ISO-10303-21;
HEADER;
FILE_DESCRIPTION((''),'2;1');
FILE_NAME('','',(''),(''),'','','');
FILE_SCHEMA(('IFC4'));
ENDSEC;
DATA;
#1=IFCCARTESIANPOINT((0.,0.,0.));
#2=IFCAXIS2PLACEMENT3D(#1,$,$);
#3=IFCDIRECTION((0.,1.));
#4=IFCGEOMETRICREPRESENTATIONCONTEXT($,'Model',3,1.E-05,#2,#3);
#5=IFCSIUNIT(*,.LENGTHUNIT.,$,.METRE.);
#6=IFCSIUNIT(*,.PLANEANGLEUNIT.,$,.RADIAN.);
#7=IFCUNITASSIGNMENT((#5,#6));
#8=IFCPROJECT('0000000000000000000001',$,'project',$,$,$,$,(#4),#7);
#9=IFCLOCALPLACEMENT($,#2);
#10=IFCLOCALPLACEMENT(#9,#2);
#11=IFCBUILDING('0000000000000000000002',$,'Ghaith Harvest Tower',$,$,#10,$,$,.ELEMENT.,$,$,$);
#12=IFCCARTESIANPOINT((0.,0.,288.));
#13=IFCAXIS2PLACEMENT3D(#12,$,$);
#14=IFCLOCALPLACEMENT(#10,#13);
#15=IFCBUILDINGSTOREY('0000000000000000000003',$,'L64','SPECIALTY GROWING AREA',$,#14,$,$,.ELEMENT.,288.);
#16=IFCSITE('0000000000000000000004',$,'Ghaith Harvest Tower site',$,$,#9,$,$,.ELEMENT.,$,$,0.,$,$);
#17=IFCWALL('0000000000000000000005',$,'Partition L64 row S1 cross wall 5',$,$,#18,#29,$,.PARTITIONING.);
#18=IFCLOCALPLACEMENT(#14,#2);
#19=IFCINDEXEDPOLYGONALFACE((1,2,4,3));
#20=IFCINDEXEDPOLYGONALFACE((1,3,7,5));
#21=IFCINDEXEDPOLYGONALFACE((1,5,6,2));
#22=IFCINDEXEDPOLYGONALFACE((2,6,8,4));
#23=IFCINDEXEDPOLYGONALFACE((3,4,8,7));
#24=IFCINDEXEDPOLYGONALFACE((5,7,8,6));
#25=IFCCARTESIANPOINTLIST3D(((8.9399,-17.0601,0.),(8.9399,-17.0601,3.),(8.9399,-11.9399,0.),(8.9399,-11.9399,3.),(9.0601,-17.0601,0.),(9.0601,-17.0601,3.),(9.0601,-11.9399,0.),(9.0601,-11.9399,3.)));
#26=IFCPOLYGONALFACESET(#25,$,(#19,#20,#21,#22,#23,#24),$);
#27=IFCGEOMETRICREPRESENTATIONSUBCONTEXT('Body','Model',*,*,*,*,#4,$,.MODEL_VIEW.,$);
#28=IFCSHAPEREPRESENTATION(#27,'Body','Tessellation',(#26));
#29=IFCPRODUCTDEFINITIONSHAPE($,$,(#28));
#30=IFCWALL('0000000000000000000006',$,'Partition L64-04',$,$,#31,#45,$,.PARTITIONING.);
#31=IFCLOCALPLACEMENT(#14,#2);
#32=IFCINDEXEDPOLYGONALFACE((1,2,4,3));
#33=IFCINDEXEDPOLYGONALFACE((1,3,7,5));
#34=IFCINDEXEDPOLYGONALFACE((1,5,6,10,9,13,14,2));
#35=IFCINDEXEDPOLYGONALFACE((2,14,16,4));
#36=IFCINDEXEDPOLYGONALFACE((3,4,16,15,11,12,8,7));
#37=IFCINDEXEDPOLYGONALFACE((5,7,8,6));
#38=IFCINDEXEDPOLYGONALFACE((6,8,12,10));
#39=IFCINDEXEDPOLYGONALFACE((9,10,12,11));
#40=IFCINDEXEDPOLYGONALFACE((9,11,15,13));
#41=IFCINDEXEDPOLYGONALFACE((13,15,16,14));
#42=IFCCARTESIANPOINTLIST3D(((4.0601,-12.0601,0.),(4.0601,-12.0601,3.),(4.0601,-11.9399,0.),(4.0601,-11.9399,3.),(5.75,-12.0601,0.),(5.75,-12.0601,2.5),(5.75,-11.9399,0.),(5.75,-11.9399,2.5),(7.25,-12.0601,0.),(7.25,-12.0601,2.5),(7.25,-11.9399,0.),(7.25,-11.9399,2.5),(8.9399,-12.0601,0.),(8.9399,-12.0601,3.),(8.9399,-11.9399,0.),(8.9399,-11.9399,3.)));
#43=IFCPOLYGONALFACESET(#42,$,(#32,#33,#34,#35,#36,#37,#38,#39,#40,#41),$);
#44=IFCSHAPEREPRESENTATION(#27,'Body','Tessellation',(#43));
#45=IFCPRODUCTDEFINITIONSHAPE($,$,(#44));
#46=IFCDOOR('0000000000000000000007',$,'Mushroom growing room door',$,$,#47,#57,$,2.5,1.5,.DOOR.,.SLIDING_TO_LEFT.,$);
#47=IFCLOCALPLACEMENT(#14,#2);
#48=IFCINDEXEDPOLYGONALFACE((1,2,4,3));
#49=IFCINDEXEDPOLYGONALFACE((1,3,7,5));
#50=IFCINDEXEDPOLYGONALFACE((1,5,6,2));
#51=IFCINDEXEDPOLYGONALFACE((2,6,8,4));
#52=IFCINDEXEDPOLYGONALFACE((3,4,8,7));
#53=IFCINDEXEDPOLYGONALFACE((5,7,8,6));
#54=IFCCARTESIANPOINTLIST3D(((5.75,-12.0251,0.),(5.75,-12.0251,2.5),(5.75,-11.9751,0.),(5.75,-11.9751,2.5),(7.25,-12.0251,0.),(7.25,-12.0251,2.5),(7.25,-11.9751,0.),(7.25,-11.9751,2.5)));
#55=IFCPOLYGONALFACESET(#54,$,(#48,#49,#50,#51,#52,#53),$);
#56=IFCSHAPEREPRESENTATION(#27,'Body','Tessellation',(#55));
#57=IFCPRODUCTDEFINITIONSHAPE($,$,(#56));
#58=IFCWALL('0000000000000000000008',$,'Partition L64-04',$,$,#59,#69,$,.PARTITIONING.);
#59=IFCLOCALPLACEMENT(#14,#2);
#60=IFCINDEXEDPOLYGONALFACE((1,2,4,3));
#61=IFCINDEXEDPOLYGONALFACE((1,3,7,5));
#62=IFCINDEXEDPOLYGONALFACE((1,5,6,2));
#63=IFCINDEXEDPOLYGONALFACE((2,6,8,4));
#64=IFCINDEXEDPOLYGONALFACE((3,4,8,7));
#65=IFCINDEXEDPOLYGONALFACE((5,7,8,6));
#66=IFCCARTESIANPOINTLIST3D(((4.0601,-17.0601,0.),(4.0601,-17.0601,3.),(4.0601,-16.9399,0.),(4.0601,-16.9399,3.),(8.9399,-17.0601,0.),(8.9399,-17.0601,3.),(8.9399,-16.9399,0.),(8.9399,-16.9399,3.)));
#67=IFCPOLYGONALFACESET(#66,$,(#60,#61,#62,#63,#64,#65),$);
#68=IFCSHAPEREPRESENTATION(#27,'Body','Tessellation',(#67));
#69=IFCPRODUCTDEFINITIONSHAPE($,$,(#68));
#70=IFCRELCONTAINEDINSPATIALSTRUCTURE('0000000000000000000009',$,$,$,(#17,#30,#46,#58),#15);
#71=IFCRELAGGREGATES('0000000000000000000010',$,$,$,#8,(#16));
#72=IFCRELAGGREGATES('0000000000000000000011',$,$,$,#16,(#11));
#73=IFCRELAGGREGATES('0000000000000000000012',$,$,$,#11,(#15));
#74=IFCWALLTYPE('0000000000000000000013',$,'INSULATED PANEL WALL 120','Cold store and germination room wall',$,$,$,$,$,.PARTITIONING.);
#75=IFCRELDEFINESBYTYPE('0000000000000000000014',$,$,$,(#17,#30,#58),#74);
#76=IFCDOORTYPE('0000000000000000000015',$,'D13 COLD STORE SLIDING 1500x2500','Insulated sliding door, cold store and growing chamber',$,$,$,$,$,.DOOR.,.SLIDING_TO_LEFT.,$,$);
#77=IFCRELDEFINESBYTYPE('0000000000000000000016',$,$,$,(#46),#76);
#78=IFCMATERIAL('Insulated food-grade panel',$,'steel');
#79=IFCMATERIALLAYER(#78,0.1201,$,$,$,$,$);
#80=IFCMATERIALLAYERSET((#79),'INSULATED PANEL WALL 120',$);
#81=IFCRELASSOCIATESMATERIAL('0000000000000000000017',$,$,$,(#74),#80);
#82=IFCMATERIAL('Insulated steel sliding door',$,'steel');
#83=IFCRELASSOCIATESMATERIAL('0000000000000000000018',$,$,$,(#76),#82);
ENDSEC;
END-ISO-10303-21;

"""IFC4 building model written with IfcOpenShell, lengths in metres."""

from ifc_helpers import new_model, si_unit, direction, frame, frame_2d, origin, place, context, subcontext, project, spatial, rectangle, extrude, material, layer, layer_set, type_object, element, fill, save


model = new_model("IFC4")

# Units and contexts
model_context = context("Model", 3, precision=1e-05, world=origin(), true_north=direction((0.0, 1.0)))
body_context = subcontext(model_context, "Body", "Model", "MODEL_VIEW")
ifc_project = project(units=[si_unit("LENGTHUNIT", "METRE"), si_unit("PLANEANGLEUNIT", "RADIAN")], contexts=[model_context])

# Site, building, storey
site_placement = place(None, origin())
site = spatial("IfcSite", under=ifc_project, at=site_placement, Name="Ghaith Harvest Tower site", CompositionType="ELEMENT", RefElevation=0.0)
building_placement = place(site_placement, origin())
building = spatial("IfcBuilding", under=site, at=building_placement, Name="Ghaith Harvest Tower", CompositionType="ELEMENT")
storey_placement = place(building_placement, frame((0.0, 0.0, 288.0)))
storey = spatial("IfcBuildingStorey", under=building, at=storey_placement, Name="L64", Description="SPECIALTY GROWING AREA", CompositionType="ELEMENT", Elevation=288.0)

# Wall
ifc_material_1 = material(Name="Insulated food-grade panel", Category="steel")
ifc_layer_1 = layer(ifc_material_1, 0.1201)
ifc_layer_set_1 = layer_set([ifc_layer_1], Name="INSULATED PANEL WALL 120")
wall_type = type_object("IfcWallType", Name="INSULATED PANEL WALL 120", Description="Cold store and germination room wall", PredefinedType="PARTITIONING", material=ifc_layer_set_1)
for number, where, z_axis, x_axis, name in (
    (1, (9.0, -11.9399, 0.0), (0.0, 0.0, 1.0), (0.0, -1.0, 0.0), "Partition L64 row S1 cross wall 5"),
):
    element("IfcWall", number, at=place(storey_placement, frame(where, z_axis=z_axis, x_axis=x_axis)), inside=storey, type_object=wall_type, Name=name, PredefinedType="PARTITIONING", context=body_context, shape_type="SweptSolid", body=[
        extrude(rectangle(XDim=5.1201, YDim=0.1201, at=frame_2d((2.5601, 0.0))), origin(), (0.0, 0.0, 1.0), 3.0),
    ])

# Wall, opening, door
wall_1_placement = place(storey_placement, frame((4.0601, -12.0, 0.0), z_axis=(0.0, 0.0, 1.0), x_axis=(1.0, 0.0, 0.0)))
wall_1 = element("IfcWall", 2, at=wall_1_placement, inside=storey, type_object=wall_type, Name="Partition L64-04", PredefinedType="PARTITIONING", context=body_context, shape_type="SweptSolid", body=[
    extrude(rectangle(XDim=4.8799, YDim=0.1201, at=frame_2d((2.4399, 0.0))), origin(), (0.0, 0.0, 1.0), 3.0),
])
opening_placement = place(wall_1_placement, frame((1.6899, 0.0, 0.0)))
opening = element("IfcOpeningElement", 3, at=opening_placement, cuts=wall_1, PredefinedType="OPENING", context=body_context, shape_type="SweptSolid", body=[
    extrude(rectangle(XDim=1.5, YDim=2.5, at=frame_2d((0.75, 1.25))), frame((0.0, 0.0701, 0.0), z_axis=(0.0, -1.0, 0.0), x_axis=(1.0, 0.0, 0.0)), (0.0, 0.0, 1.0), 0.1401),
])
ifc_material_2 = material(Name="Insulated steel sliding door", Category="steel")
door_type = type_object("IfcDoorType", Name="D13 COLD STORE SLIDING 1500x2500", Description="Insulated sliding door, cold store and growing chamber", OperationType="SLIDING_TO_LEFT", PredefinedType="DOOR", material=ifc_material_2)
door_placement = place(opening_placement, origin())
door = element("IfcDoor", 4, at=door_placement, inside=storey, type_object=door_type, Name="Mushroom growing room door", OperationType="SLIDING_TO_LEFT", OverallHeight=2.5, OverallWidth=1.5, PredefinedType="DOOR", context=body_context, shape_type="SweptSolid", body=[
    extrude(rectangle(XDim=1.5, YDim=2.5, at=frame_2d((0.75, 1.25))), frame((0.0, 0.0249, 0.0), z_axis=(0.0, -1.0, 0.0), x_axis=(1.0, 0.0, 0.0)), (0.0, 0.0, 1.0), 0.05),
])
fill(opening, door)

# Wall
wall_2_placement = place(storey_placement, frame((4.0601, -17.0, 0.0), z_axis=(0.0, 0.0, 1.0), x_axis=(1.0, 0.0, 0.0)))
element("IfcWall", 5, at=wall_2_placement, inside=storey, type_object=wall_type, Name="Partition L64-04", PredefinedType="PARTITIONING", context=body_context, shape_type="SweptSolid", body=[
    extrude(rectangle(XDim=4.8799, YDim=0.1201, at=frame_2d((2.4399, 0.0))), origin(), (0.0, 0.0, 1.0), 3.0),
])

save(model, "model.ifc")
